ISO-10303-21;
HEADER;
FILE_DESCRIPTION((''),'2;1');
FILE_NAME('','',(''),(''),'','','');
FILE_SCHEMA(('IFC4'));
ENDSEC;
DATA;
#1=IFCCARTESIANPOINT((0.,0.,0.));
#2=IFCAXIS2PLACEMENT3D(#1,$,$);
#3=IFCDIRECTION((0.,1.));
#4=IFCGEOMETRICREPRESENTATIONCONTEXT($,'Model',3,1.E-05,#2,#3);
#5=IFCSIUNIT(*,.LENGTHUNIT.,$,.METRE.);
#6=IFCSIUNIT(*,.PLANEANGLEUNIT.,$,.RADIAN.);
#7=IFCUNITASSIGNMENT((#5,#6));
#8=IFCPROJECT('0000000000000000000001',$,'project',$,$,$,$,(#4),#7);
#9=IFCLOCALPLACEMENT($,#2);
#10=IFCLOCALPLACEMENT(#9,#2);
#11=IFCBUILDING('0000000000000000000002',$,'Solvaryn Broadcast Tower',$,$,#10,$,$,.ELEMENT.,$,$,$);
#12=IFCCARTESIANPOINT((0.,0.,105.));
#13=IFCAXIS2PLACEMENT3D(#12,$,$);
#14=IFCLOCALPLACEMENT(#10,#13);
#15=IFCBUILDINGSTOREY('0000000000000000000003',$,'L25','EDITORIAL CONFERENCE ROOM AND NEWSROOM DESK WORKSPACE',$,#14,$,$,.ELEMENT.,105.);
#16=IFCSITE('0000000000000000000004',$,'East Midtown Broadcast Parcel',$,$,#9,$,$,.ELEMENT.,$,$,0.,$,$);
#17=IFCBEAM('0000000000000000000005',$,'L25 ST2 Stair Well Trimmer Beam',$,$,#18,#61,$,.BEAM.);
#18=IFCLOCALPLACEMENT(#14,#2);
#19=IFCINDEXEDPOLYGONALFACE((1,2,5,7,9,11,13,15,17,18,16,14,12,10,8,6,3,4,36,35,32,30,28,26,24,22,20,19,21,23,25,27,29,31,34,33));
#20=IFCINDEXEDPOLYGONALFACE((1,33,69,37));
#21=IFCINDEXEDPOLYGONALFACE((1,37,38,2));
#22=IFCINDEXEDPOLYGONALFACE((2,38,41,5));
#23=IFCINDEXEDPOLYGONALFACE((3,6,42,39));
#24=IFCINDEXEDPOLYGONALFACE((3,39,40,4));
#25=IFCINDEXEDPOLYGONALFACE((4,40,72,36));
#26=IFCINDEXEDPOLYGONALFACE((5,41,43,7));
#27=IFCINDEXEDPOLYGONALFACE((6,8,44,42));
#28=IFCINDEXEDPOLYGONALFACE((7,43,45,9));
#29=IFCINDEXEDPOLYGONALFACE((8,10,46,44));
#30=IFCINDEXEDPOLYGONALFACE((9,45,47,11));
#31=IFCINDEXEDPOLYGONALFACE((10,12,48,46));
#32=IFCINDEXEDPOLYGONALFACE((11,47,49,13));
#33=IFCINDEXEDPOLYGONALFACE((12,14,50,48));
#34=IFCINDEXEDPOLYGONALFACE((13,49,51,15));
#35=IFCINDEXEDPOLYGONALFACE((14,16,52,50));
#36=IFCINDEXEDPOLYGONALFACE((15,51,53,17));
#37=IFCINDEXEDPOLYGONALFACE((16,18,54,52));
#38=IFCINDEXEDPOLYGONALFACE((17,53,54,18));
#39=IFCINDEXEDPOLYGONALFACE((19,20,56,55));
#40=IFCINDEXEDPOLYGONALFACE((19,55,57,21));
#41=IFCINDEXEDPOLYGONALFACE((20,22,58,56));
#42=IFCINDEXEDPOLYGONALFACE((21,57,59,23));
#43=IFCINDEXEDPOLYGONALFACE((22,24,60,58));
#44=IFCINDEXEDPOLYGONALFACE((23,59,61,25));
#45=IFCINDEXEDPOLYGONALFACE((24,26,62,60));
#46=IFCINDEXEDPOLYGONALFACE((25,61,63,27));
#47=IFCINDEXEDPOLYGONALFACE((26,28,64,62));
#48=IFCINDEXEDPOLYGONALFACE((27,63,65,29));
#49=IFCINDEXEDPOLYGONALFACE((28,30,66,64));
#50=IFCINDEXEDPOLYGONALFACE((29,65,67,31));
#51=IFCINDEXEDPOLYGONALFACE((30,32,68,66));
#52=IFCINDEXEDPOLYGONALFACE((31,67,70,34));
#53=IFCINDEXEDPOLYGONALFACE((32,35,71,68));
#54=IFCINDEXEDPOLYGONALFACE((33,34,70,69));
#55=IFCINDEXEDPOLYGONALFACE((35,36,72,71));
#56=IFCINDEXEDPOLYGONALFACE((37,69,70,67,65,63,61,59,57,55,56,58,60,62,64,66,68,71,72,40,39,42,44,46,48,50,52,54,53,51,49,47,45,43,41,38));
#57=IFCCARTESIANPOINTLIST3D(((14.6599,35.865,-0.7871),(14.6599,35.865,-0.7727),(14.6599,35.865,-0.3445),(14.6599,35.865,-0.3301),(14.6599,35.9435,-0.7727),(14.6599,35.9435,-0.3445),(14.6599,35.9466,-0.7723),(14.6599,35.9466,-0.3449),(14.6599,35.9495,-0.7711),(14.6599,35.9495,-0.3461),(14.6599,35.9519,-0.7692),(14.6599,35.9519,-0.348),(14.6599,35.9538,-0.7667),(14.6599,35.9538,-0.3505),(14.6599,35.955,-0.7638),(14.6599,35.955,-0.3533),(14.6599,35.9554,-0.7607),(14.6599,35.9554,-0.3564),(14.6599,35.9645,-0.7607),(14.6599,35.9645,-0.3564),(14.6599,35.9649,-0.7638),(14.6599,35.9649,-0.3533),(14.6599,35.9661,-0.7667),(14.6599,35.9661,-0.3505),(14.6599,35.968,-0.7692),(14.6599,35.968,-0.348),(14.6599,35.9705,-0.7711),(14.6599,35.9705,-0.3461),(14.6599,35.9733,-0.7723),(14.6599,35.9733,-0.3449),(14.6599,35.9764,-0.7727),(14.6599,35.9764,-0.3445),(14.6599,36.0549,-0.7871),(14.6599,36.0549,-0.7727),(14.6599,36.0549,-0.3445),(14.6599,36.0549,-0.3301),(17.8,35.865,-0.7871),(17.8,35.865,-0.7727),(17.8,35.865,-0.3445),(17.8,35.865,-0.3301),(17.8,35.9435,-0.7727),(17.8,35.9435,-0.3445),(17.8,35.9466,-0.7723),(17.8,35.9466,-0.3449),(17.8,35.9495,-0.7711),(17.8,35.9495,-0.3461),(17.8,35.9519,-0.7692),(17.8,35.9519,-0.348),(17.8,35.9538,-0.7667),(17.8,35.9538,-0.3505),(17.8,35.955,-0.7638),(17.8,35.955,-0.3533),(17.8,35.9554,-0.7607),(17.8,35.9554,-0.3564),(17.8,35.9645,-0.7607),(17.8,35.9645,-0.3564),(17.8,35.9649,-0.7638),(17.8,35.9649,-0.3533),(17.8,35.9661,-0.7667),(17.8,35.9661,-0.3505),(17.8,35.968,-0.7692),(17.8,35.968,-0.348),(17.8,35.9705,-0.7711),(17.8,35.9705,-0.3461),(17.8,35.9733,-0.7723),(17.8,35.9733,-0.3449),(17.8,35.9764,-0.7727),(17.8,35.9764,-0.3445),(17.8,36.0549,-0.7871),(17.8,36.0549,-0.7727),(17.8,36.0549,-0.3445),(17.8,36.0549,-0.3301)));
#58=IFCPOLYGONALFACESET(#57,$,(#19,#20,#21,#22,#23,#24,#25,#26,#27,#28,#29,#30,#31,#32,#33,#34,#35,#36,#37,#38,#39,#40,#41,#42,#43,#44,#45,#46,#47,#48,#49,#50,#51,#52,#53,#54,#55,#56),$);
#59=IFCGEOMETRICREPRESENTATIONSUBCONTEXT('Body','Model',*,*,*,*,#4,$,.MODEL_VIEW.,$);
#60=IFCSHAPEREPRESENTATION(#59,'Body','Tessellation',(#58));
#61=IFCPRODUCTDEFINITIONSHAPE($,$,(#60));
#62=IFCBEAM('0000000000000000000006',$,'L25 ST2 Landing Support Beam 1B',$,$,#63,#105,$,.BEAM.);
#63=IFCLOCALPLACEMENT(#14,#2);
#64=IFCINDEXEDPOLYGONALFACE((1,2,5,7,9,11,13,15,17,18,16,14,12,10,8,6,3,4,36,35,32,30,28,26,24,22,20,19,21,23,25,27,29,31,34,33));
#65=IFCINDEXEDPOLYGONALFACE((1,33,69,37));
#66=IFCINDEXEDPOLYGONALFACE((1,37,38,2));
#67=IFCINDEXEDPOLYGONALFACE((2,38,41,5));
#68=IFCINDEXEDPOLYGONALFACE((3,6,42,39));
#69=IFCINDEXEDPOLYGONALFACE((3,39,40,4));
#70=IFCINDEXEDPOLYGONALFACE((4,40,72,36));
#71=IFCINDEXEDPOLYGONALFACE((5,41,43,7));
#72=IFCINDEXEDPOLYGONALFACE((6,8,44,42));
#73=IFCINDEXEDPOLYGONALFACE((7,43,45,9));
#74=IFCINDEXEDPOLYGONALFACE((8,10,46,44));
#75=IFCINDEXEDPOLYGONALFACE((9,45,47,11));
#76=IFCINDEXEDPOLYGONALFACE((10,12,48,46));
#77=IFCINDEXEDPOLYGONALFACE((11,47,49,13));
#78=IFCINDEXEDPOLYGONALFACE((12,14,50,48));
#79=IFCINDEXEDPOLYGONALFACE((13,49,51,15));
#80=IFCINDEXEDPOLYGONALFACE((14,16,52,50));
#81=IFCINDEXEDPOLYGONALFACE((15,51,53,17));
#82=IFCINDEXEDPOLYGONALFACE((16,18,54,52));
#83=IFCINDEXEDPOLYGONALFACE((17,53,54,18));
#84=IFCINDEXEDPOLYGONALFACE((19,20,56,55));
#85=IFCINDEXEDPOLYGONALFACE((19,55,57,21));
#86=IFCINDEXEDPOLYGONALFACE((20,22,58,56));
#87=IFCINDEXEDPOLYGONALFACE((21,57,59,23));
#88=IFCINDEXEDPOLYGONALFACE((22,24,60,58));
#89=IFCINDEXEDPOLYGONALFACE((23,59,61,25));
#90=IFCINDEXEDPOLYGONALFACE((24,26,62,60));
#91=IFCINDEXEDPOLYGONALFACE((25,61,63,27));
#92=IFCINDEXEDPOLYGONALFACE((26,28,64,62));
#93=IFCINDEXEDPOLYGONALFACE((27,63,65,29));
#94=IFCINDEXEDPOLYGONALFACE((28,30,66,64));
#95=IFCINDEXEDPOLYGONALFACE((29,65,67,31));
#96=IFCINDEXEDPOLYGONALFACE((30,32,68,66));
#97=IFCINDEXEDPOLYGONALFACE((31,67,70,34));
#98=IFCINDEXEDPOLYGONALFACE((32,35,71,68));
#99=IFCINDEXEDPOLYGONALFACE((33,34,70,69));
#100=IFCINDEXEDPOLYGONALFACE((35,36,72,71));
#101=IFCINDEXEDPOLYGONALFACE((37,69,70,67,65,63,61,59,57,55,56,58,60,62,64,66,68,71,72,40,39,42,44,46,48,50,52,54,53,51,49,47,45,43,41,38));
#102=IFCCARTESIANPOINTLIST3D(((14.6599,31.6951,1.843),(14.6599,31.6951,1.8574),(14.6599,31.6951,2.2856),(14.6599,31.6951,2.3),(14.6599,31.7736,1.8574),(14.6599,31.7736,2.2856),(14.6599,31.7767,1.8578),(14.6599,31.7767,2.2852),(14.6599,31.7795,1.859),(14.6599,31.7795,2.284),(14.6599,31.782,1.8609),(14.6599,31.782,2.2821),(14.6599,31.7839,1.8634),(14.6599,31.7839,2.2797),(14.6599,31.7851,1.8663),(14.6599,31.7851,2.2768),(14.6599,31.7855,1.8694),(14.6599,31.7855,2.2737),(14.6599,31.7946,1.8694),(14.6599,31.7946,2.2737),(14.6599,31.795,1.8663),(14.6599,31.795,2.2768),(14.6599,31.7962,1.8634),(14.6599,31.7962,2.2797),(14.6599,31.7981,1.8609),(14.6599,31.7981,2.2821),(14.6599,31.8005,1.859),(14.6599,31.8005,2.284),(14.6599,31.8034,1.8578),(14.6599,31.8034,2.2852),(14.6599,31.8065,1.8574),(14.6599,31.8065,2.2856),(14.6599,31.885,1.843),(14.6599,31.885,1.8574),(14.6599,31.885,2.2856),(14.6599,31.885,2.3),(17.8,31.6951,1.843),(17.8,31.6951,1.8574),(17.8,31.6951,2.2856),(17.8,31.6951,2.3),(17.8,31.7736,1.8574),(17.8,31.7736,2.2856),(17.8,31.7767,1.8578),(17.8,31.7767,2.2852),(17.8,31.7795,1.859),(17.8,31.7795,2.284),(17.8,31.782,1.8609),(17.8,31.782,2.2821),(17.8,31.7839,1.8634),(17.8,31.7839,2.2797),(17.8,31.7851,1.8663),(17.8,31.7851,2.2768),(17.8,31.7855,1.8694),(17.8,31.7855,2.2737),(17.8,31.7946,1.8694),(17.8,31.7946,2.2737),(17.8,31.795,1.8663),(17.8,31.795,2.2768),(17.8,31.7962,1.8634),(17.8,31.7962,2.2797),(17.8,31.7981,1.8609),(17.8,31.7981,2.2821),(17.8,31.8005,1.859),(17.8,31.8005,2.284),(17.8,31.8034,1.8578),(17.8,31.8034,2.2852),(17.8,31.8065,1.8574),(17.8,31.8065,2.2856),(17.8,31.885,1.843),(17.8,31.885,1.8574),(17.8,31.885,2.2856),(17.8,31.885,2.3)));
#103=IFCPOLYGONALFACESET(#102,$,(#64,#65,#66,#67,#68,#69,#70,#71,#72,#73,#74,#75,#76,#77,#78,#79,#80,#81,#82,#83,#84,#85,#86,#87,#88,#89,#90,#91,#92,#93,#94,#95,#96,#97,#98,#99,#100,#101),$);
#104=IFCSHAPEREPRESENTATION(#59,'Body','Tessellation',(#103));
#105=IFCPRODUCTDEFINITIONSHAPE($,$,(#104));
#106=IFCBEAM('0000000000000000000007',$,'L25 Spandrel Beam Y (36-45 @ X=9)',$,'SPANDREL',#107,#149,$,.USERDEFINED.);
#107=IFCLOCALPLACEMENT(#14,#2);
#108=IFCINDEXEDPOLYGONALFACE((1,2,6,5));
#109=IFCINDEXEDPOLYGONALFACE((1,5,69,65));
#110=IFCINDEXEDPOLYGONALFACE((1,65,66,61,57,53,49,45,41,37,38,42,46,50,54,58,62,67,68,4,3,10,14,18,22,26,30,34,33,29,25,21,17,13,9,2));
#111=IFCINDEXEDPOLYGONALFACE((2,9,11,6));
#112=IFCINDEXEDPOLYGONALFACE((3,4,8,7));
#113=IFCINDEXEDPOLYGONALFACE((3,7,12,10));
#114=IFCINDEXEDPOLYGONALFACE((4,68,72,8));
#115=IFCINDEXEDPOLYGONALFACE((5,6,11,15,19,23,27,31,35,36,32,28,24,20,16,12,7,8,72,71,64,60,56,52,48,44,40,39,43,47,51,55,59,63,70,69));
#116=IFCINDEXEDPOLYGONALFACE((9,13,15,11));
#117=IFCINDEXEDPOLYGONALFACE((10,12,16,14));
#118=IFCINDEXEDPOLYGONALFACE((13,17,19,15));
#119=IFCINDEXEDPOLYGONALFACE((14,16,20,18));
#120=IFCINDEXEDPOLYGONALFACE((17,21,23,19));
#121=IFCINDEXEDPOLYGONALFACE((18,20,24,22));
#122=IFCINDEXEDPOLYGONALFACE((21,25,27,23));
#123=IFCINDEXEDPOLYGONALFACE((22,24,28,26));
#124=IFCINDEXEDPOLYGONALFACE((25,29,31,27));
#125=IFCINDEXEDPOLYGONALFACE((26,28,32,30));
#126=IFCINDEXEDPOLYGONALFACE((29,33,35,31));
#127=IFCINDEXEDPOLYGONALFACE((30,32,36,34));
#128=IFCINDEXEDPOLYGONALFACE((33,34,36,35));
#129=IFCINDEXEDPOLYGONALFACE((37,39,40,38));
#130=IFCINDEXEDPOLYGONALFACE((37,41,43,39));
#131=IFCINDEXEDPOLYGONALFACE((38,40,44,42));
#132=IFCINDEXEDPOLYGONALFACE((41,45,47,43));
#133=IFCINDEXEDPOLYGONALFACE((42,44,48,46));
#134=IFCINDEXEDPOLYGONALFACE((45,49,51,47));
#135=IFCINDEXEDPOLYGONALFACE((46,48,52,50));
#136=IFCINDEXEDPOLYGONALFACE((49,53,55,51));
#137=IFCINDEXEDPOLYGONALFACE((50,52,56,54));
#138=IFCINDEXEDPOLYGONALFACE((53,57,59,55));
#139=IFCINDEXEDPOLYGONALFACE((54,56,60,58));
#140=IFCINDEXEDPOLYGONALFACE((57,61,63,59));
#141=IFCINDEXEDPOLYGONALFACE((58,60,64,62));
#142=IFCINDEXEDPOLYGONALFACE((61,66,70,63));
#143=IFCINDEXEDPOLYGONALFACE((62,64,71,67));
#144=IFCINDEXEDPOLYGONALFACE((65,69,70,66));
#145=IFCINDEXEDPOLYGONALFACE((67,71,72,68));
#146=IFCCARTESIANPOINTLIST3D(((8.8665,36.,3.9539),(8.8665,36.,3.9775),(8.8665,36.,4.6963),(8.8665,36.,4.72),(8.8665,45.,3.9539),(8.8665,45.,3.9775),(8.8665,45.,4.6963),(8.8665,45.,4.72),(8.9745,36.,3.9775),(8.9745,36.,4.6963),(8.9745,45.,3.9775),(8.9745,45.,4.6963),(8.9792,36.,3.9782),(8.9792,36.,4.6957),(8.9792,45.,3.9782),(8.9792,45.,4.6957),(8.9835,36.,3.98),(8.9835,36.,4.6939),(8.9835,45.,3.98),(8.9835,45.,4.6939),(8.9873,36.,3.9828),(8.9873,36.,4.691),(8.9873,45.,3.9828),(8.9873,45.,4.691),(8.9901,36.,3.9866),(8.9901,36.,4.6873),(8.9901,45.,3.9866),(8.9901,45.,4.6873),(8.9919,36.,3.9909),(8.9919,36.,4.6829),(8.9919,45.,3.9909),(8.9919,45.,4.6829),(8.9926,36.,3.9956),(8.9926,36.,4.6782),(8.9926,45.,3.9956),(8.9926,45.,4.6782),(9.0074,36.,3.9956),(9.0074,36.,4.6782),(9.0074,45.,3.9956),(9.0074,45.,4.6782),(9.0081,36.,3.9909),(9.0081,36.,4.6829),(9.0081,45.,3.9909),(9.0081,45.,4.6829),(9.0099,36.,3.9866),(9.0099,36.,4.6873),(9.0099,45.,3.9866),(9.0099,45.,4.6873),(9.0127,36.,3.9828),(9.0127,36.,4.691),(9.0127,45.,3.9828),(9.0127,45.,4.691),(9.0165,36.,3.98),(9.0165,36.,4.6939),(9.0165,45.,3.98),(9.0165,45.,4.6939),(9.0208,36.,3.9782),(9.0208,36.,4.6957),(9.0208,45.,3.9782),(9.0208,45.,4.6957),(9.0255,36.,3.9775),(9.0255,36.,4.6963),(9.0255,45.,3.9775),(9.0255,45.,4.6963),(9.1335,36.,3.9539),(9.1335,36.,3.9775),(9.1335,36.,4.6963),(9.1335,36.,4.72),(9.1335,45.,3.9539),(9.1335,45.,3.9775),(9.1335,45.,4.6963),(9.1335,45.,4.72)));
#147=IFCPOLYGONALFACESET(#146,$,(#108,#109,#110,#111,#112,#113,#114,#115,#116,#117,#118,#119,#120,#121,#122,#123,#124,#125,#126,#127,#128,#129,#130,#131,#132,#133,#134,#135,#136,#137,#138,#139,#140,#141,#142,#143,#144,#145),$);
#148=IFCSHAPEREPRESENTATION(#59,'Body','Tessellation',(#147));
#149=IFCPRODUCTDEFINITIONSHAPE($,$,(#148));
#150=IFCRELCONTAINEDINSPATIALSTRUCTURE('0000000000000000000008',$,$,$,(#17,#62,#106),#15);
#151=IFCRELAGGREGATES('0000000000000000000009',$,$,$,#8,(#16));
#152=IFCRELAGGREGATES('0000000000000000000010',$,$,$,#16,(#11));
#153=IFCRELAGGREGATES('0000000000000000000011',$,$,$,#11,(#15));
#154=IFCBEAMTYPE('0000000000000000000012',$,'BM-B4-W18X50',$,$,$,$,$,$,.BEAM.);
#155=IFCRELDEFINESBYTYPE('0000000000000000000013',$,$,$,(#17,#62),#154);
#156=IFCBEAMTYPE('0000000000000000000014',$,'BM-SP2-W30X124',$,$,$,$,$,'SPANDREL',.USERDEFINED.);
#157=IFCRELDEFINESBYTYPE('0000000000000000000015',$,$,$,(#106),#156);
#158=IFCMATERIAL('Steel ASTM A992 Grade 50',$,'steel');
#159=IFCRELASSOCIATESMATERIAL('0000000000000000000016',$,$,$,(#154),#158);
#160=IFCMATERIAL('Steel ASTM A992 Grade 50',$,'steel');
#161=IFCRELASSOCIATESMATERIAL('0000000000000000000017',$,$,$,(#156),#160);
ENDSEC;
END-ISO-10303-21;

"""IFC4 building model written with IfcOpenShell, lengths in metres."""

from ifc_helpers import new_model, si_unit, direction, frame, origin, origin_2d, place, context, subcontext, project, spatial, i_section, extrude, material, material_profile, profile_set, type_object, element, save


model = new_model("IFC4")

# Units and contexts
model_context = context("Model", 3, precision=1e-05, world=origin(), true_north=direction((0.0, 1.0)))
body_context = subcontext(model_context, "Body", "Model", "MODEL_VIEW")
ifc_project = project(units=[si_unit("LENGTHUNIT", "METRE"), si_unit("PLANEANGLEUNIT", "RADIAN")], contexts=[model_context])

# Site, building, storey
site_placement = place(None, origin())
site = spatial("IfcSite", under=ifc_project, at=site_placement, Name="East Midtown Broadcast Parcel", CompositionType="ELEMENT", RefElevation=0.0)
building_placement = place(site_placement, origin())
building = spatial("IfcBuilding", under=site, at=building_placement, Name="Solvaryn Broadcast Tower", CompositionType="ELEMENT")
storey_placement = place(building_placement, frame((0.0, 0.0, 105.0)))
storey = spatial("IfcBuildingStorey", under=building, at=storey_placement, Name="L25", Description="EDITORIAL CONFERENCE ROOM AND NEWSROOM DESK WORKSPACE", CompositionType="ELEMENT", Elevation=105.0)

# Beams
ifc_material_1 = material(Name="Steel ASTM A992 Grade 50", Category="steel")
ifc_material_profile_1 = material_profile(ifc_material_1, i_section(OverallWidth=0.1899, OverallDepth=0.457, WebThickness=0.009, FlangeThickness=0.0144, FilletRadius=0.012, at=origin_2d()))
ifc_profile_set_1 = profile_set([ifc_material_profile_1], Name="Steel ASTM A992 Grade 50")
beam_type_1 = type_object("IfcBeamType", Name="BM-B4-W18X50", PredefinedType="BEAM", material=ifc_profile_set_1)
for number, where, z_axis, x_axis, name in (
    (1, (14.6599, 35.96, -0.5586), (1.0, 0.0, 0.0), (0.0, 1.0, 0.0), "L25 ST2 Stair Well Trimmer Beam"),
    (2, (14.6599, 31.79, 2.0715), (1.0, 0.0, 0.0), (0.0, 1.0, 0.0), "L25 ST2 Landing Support Beam 1B"),
):
    element("IfcBeam", number, at=place(storey_placement, frame(where, z_axis=z_axis, x_axis=x_axis)), inside=storey, type_object=beam_type_1, Name=name, PredefinedType="BEAM", context=body_context, shape_type="SweptSolid", body=[
        extrude(i_section(OverallWidth=0.1899, OverallDepth=0.457, WebThickness=0.009, FlangeThickness=0.0144, FilletRadius=0.012, at=origin_2d()), origin(), (0.0, 0.0, 1.0), 3.1401),
    ])
ifc_material_2 = material(Name="Steel ASTM A992 Grade 50", Category="steel")
ifc_material_profile_2 = material_profile(ifc_material_2, i_section(OverallWidth=0.2671, OverallDepth=0.7661, WebThickness=0.0149, FlangeThickness=0.0237, FilletRadius=0.0181, at=origin_2d()))
ifc_profile_set_2 = profile_set([ifc_material_profile_2], Name="Steel ASTM A992 Grade 50")
beam_type_2 = type_object("IfcBeamType", Name="BM-SP2-W30X124", ElementType="SPANDREL", PredefinedType="USERDEFINED", material=ifc_profile_set_2)
beam_1_placement = place(storey_placement, frame((9.0, 36.0, 4.3369), z_axis=(0.0, 1.0, 0.0), x_axis=(-1.0, 0.0, 0.0)))
element("IfcBeam", 3, at=beam_1_placement, inside=storey, type_object=beam_type_2, Name="L25 Spandrel Beam Y (36-45 @ X=9)", ObjectType="SPANDREL", PredefinedType="USERDEFINED", context=body_context, shape_type="SweptSolid", body=[
    extrude(i_section(OverallWidth=0.2671, OverallDepth=0.7661, WebThickness=0.0149, FlangeThickness=0.0237, FilletRadius=0.0181, at=origin_2d()), origin(), (0.0, 0.0, 1.0), 9.0),
])

save(model, "model.ifc")
